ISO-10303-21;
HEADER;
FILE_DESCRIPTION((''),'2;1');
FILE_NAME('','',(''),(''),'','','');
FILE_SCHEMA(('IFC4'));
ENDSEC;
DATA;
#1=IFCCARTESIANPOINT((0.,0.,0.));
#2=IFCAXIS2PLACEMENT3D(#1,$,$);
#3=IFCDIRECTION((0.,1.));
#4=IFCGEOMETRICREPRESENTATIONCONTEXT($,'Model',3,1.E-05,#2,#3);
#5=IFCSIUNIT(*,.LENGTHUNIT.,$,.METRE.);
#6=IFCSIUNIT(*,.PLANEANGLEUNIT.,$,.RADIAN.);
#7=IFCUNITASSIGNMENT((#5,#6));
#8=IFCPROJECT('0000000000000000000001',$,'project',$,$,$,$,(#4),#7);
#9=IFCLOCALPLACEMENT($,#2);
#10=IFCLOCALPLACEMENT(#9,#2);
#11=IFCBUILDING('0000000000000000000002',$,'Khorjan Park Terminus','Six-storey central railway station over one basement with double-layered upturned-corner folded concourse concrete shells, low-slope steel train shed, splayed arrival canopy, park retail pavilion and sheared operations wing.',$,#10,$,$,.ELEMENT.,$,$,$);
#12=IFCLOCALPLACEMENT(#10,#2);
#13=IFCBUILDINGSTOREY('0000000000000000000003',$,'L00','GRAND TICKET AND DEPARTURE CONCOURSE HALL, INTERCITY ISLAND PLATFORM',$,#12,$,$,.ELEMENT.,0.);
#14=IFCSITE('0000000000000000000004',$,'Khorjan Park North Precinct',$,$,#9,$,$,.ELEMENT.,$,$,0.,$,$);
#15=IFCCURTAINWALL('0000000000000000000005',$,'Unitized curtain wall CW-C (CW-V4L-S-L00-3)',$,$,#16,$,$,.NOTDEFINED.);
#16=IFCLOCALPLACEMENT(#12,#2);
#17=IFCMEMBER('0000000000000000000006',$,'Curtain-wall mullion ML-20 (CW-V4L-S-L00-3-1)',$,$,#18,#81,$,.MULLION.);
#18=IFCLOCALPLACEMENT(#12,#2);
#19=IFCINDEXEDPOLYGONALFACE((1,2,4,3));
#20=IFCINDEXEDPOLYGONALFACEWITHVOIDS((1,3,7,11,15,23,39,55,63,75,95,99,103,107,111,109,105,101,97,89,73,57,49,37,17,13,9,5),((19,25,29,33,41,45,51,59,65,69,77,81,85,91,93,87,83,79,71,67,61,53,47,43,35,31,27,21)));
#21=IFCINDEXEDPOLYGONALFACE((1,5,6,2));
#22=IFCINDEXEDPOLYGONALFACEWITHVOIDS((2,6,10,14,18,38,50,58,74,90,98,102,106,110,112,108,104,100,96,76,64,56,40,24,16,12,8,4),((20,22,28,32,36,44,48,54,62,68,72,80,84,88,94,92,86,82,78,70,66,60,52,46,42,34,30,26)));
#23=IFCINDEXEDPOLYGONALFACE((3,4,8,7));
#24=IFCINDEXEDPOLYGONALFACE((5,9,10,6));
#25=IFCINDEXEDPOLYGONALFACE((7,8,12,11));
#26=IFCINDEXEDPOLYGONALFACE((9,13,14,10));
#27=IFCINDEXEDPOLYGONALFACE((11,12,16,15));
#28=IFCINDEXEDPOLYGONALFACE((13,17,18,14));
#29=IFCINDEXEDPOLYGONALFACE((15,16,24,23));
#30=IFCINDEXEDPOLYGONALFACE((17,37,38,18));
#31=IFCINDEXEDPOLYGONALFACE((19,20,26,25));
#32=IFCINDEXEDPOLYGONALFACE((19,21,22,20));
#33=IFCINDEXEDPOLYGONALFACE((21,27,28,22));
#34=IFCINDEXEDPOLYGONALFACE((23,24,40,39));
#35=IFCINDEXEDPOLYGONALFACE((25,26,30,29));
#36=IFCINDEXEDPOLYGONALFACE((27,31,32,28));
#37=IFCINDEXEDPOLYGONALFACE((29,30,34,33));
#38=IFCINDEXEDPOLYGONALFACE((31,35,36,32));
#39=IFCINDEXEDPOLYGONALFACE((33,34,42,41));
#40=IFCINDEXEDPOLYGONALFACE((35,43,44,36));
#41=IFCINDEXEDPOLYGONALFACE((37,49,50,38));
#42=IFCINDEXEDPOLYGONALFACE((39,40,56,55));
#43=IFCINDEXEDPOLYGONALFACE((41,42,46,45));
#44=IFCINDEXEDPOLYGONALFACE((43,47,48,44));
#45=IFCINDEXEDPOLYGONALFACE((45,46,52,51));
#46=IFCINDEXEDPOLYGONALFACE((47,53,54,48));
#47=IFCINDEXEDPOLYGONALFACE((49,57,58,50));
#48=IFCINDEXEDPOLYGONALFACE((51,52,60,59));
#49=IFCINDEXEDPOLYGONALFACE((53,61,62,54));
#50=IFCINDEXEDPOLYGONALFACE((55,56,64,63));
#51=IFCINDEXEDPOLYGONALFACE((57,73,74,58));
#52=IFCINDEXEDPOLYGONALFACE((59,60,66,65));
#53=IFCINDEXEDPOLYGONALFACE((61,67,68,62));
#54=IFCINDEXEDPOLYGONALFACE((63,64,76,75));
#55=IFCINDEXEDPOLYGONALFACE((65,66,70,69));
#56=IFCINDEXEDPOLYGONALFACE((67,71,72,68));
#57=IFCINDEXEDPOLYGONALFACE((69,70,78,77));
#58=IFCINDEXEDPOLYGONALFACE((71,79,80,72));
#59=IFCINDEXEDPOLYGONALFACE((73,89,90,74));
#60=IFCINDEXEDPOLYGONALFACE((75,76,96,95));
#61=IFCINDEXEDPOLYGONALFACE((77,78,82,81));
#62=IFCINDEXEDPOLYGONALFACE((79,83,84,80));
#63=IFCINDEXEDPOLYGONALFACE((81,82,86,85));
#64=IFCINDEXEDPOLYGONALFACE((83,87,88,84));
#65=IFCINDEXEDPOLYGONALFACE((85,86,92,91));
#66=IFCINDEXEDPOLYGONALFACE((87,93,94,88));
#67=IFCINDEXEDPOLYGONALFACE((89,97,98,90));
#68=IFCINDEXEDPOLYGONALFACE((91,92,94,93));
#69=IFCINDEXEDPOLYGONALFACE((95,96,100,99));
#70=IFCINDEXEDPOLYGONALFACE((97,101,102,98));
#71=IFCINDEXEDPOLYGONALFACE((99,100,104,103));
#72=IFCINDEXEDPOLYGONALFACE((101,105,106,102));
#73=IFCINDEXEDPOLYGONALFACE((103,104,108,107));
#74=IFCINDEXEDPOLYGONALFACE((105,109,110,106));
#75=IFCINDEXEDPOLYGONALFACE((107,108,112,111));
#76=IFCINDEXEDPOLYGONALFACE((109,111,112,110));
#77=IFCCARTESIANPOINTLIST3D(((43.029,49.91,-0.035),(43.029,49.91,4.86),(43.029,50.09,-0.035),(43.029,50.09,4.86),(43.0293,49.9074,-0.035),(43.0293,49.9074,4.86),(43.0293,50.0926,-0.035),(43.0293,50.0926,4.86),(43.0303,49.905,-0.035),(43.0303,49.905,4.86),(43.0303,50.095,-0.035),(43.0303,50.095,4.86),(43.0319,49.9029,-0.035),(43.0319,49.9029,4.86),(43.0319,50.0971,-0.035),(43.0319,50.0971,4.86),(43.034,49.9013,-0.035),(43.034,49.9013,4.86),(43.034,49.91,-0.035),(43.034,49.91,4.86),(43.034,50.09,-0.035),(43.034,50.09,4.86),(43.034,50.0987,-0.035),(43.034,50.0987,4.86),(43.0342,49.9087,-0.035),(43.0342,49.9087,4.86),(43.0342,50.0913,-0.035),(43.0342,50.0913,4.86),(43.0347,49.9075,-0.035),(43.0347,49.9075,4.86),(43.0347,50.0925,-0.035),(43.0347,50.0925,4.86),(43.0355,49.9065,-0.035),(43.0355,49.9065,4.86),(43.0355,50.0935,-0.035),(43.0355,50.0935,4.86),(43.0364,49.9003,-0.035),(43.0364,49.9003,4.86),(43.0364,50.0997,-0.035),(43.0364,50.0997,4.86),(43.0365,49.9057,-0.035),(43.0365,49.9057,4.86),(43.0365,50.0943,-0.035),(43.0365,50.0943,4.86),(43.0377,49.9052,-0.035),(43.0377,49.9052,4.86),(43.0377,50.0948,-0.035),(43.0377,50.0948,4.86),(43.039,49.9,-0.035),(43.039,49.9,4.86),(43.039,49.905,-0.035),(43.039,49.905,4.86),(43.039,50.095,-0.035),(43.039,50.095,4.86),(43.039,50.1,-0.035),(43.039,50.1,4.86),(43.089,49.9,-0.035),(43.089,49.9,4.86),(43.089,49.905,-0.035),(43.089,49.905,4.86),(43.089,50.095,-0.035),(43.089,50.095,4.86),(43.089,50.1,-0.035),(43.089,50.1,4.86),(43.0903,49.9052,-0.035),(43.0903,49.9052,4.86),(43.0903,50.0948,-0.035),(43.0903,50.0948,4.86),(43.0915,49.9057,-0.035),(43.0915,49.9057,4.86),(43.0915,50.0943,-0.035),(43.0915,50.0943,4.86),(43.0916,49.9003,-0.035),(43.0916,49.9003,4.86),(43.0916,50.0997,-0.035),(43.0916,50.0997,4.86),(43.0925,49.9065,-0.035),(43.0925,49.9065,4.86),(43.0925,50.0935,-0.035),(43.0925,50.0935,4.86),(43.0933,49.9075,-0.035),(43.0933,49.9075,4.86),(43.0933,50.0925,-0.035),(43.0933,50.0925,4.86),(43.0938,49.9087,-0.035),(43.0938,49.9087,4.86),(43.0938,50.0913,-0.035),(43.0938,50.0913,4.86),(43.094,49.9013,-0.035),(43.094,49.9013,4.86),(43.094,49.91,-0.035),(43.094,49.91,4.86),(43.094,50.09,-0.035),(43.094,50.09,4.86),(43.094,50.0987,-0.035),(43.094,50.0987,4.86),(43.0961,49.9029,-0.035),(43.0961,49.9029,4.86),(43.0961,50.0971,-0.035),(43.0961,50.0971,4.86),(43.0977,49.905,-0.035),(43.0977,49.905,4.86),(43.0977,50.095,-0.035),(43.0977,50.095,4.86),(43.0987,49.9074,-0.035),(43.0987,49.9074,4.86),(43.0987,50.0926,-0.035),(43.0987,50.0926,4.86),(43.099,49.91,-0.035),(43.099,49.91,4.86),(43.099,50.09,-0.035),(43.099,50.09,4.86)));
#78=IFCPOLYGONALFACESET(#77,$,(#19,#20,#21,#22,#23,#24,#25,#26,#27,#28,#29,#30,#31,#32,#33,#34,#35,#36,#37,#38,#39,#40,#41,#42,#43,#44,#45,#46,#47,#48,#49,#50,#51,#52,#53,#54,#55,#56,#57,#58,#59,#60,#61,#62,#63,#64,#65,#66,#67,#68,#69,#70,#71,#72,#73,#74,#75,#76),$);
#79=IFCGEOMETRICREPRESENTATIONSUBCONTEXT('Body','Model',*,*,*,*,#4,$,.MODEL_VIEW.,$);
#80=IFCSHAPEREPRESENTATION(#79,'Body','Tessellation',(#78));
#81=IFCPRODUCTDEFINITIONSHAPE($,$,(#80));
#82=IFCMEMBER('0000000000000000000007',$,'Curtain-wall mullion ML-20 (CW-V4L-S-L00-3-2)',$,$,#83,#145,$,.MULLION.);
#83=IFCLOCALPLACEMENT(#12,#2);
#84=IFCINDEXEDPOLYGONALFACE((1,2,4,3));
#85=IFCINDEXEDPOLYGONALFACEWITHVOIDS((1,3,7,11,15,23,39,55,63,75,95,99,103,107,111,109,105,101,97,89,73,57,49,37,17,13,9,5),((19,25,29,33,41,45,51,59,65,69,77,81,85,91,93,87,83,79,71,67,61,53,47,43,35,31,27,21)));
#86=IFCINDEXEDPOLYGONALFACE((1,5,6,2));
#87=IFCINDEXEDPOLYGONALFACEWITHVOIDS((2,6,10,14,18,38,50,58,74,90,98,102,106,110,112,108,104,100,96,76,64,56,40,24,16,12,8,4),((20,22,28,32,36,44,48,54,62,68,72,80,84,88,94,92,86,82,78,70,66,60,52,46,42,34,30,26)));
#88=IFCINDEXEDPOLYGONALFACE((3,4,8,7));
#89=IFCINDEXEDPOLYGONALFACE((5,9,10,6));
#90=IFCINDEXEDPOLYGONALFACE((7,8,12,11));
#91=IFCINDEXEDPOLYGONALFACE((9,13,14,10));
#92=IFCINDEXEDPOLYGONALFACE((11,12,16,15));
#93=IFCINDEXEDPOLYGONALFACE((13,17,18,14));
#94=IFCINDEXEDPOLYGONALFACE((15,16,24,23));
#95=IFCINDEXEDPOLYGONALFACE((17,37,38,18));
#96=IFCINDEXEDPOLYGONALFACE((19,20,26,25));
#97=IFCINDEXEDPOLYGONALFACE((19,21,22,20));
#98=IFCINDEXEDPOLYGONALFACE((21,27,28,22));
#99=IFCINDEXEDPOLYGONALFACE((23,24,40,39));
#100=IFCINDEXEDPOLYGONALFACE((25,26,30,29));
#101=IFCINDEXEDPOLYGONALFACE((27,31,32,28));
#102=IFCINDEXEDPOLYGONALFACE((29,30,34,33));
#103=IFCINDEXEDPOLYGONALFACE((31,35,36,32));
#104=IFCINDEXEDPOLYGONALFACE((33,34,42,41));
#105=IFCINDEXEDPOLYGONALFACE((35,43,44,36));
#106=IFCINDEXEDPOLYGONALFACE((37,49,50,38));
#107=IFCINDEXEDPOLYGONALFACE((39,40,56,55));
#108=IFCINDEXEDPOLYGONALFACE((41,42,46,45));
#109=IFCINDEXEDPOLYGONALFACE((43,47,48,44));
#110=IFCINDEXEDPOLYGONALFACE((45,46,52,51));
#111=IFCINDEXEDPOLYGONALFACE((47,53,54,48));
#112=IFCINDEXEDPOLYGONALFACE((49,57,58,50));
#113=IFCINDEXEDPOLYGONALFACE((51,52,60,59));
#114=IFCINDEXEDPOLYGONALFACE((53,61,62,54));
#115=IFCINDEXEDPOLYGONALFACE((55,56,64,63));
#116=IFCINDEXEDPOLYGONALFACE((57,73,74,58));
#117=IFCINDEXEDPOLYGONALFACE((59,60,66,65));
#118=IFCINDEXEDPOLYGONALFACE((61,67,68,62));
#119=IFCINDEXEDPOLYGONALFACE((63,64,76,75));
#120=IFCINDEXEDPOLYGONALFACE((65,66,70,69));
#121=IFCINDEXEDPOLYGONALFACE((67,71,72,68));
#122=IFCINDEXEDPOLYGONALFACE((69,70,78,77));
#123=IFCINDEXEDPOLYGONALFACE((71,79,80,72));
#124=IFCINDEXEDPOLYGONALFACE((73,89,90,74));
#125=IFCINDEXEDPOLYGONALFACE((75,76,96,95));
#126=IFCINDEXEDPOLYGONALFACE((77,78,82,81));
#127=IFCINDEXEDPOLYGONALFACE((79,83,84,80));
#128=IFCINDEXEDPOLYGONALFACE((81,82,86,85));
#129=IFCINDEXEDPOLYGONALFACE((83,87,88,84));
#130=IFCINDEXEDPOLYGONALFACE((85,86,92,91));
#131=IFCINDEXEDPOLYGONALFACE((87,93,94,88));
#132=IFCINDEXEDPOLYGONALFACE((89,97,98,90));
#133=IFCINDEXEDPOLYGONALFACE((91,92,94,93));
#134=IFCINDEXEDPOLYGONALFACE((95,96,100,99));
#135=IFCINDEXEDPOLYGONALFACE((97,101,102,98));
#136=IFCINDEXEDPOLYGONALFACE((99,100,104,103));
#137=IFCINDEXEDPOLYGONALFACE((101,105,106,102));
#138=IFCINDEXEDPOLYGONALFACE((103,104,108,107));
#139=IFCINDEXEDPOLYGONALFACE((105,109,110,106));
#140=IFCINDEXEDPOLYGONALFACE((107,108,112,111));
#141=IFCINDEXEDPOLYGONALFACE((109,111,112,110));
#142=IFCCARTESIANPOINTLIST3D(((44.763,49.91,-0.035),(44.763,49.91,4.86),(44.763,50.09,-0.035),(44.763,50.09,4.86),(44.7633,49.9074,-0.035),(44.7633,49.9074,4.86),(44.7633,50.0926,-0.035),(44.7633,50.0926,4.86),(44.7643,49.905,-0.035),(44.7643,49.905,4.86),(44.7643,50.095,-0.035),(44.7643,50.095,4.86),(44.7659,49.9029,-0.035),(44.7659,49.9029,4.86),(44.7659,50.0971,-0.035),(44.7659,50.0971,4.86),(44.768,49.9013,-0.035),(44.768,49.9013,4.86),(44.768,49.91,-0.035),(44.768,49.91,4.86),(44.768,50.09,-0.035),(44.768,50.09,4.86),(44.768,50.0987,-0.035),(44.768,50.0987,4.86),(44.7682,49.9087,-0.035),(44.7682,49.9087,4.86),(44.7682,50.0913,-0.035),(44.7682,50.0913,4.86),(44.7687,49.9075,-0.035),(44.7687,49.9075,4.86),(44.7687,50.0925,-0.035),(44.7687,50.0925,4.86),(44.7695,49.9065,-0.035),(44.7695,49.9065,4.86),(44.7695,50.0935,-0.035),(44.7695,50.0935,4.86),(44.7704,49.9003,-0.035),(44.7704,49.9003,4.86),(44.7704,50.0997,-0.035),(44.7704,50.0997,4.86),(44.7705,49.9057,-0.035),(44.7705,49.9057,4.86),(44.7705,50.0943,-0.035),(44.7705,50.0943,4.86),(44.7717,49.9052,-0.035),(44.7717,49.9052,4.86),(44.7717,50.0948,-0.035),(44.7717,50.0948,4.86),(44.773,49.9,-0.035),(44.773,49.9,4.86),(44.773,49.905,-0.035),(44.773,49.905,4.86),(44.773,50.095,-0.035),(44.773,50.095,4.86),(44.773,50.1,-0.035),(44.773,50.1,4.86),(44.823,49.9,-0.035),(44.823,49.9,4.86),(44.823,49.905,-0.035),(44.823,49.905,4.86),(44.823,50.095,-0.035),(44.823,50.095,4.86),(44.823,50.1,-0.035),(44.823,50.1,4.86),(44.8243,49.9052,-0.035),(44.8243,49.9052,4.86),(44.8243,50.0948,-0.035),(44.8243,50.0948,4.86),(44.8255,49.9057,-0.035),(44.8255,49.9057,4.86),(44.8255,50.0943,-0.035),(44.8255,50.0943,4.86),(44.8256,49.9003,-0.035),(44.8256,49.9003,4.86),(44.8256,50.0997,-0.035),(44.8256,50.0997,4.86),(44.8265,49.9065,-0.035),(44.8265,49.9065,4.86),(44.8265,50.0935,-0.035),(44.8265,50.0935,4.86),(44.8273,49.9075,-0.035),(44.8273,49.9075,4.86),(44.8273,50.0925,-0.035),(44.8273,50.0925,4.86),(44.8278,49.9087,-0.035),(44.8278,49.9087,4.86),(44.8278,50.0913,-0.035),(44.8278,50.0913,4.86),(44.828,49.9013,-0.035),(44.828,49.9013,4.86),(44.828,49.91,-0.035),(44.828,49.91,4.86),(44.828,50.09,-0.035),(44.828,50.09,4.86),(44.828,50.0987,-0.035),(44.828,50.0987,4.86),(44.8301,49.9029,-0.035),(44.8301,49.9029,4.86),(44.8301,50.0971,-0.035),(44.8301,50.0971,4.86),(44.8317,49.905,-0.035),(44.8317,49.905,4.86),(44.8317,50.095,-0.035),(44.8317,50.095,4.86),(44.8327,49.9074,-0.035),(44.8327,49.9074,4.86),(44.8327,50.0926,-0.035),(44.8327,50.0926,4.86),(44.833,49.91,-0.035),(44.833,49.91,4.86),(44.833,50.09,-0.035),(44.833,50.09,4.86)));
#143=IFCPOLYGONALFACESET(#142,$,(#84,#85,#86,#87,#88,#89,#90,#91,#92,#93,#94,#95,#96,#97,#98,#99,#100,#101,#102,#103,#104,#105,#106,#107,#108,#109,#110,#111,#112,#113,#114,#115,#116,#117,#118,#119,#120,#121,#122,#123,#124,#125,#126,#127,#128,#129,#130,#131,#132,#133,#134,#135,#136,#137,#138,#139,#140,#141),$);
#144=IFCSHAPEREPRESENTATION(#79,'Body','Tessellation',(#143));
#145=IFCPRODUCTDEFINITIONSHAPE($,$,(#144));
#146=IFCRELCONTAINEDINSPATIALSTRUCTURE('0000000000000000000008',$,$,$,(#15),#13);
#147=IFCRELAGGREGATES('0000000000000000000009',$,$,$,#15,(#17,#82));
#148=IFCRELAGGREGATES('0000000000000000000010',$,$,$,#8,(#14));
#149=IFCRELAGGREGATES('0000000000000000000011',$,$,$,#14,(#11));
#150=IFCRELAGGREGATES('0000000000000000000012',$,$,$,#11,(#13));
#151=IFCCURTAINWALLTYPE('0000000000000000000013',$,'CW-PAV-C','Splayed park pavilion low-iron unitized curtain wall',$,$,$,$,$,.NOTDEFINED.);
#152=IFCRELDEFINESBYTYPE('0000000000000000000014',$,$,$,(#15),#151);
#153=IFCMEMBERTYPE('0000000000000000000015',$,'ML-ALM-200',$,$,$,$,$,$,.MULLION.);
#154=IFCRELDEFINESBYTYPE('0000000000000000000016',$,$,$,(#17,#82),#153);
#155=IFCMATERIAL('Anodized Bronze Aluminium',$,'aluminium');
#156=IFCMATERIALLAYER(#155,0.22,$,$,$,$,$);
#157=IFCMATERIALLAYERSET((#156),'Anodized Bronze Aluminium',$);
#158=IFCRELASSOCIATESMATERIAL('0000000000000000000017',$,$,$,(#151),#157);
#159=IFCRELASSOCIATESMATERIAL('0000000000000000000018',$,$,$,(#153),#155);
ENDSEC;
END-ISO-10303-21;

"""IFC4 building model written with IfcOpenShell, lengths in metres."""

from ifc_helpers import new_model, si_unit, direction, frame, origin, origin_2d, place, context, subcontext, project, spatial, hollow_rectangle, extrude, material, layer, layer_set, material_profile, profile_set, type_object, element, aggregate, save


model = new_model("IFC4")

# Units and contexts
model_context = context("Model", 3, precision=1e-05, world=origin(), true_north=direction((0.0, 1.0)))
body_context = subcontext(model_context, "Body", "Model", "MODEL_VIEW")
ifc_project = project(units=[si_unit("LENGTHUNIT", "METRE"), si_unit("PLANEANGLEUNIT", "RADIAN")], contexts=[model_context])

# Site, building, storey
site_placement = place(None, origin())
site = spatial("IfcSite", under=ifc_project, at=site_placement, Name="Khorjan Park North Precinct", CompositionType="ELEMENT", RefElevation=0.0)
building_placement = place(site_placement, origin())
building = spatial("IfcBuilding", under=site, at=building_placement, Name="Khorjan Park Terminus", Description="Six-storey central railway station over one basement with double-layered upturned-corner folded concourse concrete shells, low-slope steel train shed, splayed arrival canopy, park retail pavilion and sheared operations wing.", CompositionType="ELEMENT")
storey_placement = place(building_placement, origin())
storey = spatial("IfcBuildingStorey", under=building, at=storey_placement, Name="L00", Description="GRAND TICKET AND DEPARTURE CONCOURSE HALL, INTERCITY ISLAND PLATFORM", CompositionType="ELEMENT", Elevation=0.0)

# Shared definitions
ifc_material_1 = material(Name="Anodized Bronze Aluminium", Category="aluminium")
ifc_layer_1 = layer(ifc_material_1, 0.22)
ifc_layer_set_1 = layer_set([ifc_layer_1], Name="Anodized Bronze Aluminium")
curtain_wall_type = type_object("IfcCurtainWallType", Name="CW-PAV-C", Description="Splayed park pavilion low-iron unitized curtain wall", PredefinedType="NOTDEFINED", material=ifc_layer_set_1)
ifc_material_profile_1 = material_profile(ifc_material_1, hollow_rectangle(XDim=0.07, YDim=0.2, WallThickness=0.005, InnerFilletRadius=0.005, OuterFilletRadius=0.01, at=origin_2d()), Name="ALM 70x200x5")
ifc_profile_set_1 = profile_set([ifc_material_profile_1], Name="Anodized Bronze Aluminium")
member_type_1 = type_object("IfcMemberType", Name="ML-ALM-200", PredefinedType="MULLION", material=ifc_profile_set_1)

# Curtain wall, members
curtain_wall_1_placement = place(storey_placement, origin())
curtain_wall_1 = element("IfcCurtainWall", 1, at=curtain_wall_1_placement, inside=storey, type_object=curtain_wall_type, Name="Unitized curtain wall CW-C (CW-V4L-S-L00-3)", PredefinedType="NOTDEFINED")
member_1_placement = place(storey_placement, frame((43.064, 50.0, -0.035), z_axis=(0.0, 0.0, 1.0), x_axis=(1.0, 0.0, 0.0)))
member_1 = element("IfcMember", 2, at=member_1_placement, type_object=member_type_1, Name="Curtain-wall mullion ML-20 (CW-V4L-S-L00-3-1)", PredefinedType="MULLION", context=body_context, shape_type="SweptSolid", body=[
    extrude(hollow_rectangle(XDim=0.07, YDim=0.2, WallThickness=0.005, InnerFilletRadius=0.005, OuterFilletRadius=0.01, at=origin_2d()), origin(), (0.0, 0.0, 1.0), 4.895),
])
member_2_placement = place(storey_placement, frame((44.798, 50.0, -0.035), z_axis=(0.0, 0.0, 1.0), x_axis=(1.0, 0.0, 0.0)))
member_2 = element("IfcMember", 3, at=member_2_placement, type_object=member_type_1, Name="Curtain-wall mullion ML-20 (CW-V4L-S-L00-3-2)", PredefinedType="MULLION", context=body_context, shape_type="SweptSolid", body=[
    extrude(hollow_rectangle(XDim=0.07, YDim=0.2, WallThickness=0.005, InnerFilletRadius=0.005, OuterFilletRadius=0.01, at=origin_2d()), origin(), (0.0, 0.0, 1.0), 4.895),
])
aggregate(curtain_wall_1, [member_1, member_2])

save(model, "model.ifc")
